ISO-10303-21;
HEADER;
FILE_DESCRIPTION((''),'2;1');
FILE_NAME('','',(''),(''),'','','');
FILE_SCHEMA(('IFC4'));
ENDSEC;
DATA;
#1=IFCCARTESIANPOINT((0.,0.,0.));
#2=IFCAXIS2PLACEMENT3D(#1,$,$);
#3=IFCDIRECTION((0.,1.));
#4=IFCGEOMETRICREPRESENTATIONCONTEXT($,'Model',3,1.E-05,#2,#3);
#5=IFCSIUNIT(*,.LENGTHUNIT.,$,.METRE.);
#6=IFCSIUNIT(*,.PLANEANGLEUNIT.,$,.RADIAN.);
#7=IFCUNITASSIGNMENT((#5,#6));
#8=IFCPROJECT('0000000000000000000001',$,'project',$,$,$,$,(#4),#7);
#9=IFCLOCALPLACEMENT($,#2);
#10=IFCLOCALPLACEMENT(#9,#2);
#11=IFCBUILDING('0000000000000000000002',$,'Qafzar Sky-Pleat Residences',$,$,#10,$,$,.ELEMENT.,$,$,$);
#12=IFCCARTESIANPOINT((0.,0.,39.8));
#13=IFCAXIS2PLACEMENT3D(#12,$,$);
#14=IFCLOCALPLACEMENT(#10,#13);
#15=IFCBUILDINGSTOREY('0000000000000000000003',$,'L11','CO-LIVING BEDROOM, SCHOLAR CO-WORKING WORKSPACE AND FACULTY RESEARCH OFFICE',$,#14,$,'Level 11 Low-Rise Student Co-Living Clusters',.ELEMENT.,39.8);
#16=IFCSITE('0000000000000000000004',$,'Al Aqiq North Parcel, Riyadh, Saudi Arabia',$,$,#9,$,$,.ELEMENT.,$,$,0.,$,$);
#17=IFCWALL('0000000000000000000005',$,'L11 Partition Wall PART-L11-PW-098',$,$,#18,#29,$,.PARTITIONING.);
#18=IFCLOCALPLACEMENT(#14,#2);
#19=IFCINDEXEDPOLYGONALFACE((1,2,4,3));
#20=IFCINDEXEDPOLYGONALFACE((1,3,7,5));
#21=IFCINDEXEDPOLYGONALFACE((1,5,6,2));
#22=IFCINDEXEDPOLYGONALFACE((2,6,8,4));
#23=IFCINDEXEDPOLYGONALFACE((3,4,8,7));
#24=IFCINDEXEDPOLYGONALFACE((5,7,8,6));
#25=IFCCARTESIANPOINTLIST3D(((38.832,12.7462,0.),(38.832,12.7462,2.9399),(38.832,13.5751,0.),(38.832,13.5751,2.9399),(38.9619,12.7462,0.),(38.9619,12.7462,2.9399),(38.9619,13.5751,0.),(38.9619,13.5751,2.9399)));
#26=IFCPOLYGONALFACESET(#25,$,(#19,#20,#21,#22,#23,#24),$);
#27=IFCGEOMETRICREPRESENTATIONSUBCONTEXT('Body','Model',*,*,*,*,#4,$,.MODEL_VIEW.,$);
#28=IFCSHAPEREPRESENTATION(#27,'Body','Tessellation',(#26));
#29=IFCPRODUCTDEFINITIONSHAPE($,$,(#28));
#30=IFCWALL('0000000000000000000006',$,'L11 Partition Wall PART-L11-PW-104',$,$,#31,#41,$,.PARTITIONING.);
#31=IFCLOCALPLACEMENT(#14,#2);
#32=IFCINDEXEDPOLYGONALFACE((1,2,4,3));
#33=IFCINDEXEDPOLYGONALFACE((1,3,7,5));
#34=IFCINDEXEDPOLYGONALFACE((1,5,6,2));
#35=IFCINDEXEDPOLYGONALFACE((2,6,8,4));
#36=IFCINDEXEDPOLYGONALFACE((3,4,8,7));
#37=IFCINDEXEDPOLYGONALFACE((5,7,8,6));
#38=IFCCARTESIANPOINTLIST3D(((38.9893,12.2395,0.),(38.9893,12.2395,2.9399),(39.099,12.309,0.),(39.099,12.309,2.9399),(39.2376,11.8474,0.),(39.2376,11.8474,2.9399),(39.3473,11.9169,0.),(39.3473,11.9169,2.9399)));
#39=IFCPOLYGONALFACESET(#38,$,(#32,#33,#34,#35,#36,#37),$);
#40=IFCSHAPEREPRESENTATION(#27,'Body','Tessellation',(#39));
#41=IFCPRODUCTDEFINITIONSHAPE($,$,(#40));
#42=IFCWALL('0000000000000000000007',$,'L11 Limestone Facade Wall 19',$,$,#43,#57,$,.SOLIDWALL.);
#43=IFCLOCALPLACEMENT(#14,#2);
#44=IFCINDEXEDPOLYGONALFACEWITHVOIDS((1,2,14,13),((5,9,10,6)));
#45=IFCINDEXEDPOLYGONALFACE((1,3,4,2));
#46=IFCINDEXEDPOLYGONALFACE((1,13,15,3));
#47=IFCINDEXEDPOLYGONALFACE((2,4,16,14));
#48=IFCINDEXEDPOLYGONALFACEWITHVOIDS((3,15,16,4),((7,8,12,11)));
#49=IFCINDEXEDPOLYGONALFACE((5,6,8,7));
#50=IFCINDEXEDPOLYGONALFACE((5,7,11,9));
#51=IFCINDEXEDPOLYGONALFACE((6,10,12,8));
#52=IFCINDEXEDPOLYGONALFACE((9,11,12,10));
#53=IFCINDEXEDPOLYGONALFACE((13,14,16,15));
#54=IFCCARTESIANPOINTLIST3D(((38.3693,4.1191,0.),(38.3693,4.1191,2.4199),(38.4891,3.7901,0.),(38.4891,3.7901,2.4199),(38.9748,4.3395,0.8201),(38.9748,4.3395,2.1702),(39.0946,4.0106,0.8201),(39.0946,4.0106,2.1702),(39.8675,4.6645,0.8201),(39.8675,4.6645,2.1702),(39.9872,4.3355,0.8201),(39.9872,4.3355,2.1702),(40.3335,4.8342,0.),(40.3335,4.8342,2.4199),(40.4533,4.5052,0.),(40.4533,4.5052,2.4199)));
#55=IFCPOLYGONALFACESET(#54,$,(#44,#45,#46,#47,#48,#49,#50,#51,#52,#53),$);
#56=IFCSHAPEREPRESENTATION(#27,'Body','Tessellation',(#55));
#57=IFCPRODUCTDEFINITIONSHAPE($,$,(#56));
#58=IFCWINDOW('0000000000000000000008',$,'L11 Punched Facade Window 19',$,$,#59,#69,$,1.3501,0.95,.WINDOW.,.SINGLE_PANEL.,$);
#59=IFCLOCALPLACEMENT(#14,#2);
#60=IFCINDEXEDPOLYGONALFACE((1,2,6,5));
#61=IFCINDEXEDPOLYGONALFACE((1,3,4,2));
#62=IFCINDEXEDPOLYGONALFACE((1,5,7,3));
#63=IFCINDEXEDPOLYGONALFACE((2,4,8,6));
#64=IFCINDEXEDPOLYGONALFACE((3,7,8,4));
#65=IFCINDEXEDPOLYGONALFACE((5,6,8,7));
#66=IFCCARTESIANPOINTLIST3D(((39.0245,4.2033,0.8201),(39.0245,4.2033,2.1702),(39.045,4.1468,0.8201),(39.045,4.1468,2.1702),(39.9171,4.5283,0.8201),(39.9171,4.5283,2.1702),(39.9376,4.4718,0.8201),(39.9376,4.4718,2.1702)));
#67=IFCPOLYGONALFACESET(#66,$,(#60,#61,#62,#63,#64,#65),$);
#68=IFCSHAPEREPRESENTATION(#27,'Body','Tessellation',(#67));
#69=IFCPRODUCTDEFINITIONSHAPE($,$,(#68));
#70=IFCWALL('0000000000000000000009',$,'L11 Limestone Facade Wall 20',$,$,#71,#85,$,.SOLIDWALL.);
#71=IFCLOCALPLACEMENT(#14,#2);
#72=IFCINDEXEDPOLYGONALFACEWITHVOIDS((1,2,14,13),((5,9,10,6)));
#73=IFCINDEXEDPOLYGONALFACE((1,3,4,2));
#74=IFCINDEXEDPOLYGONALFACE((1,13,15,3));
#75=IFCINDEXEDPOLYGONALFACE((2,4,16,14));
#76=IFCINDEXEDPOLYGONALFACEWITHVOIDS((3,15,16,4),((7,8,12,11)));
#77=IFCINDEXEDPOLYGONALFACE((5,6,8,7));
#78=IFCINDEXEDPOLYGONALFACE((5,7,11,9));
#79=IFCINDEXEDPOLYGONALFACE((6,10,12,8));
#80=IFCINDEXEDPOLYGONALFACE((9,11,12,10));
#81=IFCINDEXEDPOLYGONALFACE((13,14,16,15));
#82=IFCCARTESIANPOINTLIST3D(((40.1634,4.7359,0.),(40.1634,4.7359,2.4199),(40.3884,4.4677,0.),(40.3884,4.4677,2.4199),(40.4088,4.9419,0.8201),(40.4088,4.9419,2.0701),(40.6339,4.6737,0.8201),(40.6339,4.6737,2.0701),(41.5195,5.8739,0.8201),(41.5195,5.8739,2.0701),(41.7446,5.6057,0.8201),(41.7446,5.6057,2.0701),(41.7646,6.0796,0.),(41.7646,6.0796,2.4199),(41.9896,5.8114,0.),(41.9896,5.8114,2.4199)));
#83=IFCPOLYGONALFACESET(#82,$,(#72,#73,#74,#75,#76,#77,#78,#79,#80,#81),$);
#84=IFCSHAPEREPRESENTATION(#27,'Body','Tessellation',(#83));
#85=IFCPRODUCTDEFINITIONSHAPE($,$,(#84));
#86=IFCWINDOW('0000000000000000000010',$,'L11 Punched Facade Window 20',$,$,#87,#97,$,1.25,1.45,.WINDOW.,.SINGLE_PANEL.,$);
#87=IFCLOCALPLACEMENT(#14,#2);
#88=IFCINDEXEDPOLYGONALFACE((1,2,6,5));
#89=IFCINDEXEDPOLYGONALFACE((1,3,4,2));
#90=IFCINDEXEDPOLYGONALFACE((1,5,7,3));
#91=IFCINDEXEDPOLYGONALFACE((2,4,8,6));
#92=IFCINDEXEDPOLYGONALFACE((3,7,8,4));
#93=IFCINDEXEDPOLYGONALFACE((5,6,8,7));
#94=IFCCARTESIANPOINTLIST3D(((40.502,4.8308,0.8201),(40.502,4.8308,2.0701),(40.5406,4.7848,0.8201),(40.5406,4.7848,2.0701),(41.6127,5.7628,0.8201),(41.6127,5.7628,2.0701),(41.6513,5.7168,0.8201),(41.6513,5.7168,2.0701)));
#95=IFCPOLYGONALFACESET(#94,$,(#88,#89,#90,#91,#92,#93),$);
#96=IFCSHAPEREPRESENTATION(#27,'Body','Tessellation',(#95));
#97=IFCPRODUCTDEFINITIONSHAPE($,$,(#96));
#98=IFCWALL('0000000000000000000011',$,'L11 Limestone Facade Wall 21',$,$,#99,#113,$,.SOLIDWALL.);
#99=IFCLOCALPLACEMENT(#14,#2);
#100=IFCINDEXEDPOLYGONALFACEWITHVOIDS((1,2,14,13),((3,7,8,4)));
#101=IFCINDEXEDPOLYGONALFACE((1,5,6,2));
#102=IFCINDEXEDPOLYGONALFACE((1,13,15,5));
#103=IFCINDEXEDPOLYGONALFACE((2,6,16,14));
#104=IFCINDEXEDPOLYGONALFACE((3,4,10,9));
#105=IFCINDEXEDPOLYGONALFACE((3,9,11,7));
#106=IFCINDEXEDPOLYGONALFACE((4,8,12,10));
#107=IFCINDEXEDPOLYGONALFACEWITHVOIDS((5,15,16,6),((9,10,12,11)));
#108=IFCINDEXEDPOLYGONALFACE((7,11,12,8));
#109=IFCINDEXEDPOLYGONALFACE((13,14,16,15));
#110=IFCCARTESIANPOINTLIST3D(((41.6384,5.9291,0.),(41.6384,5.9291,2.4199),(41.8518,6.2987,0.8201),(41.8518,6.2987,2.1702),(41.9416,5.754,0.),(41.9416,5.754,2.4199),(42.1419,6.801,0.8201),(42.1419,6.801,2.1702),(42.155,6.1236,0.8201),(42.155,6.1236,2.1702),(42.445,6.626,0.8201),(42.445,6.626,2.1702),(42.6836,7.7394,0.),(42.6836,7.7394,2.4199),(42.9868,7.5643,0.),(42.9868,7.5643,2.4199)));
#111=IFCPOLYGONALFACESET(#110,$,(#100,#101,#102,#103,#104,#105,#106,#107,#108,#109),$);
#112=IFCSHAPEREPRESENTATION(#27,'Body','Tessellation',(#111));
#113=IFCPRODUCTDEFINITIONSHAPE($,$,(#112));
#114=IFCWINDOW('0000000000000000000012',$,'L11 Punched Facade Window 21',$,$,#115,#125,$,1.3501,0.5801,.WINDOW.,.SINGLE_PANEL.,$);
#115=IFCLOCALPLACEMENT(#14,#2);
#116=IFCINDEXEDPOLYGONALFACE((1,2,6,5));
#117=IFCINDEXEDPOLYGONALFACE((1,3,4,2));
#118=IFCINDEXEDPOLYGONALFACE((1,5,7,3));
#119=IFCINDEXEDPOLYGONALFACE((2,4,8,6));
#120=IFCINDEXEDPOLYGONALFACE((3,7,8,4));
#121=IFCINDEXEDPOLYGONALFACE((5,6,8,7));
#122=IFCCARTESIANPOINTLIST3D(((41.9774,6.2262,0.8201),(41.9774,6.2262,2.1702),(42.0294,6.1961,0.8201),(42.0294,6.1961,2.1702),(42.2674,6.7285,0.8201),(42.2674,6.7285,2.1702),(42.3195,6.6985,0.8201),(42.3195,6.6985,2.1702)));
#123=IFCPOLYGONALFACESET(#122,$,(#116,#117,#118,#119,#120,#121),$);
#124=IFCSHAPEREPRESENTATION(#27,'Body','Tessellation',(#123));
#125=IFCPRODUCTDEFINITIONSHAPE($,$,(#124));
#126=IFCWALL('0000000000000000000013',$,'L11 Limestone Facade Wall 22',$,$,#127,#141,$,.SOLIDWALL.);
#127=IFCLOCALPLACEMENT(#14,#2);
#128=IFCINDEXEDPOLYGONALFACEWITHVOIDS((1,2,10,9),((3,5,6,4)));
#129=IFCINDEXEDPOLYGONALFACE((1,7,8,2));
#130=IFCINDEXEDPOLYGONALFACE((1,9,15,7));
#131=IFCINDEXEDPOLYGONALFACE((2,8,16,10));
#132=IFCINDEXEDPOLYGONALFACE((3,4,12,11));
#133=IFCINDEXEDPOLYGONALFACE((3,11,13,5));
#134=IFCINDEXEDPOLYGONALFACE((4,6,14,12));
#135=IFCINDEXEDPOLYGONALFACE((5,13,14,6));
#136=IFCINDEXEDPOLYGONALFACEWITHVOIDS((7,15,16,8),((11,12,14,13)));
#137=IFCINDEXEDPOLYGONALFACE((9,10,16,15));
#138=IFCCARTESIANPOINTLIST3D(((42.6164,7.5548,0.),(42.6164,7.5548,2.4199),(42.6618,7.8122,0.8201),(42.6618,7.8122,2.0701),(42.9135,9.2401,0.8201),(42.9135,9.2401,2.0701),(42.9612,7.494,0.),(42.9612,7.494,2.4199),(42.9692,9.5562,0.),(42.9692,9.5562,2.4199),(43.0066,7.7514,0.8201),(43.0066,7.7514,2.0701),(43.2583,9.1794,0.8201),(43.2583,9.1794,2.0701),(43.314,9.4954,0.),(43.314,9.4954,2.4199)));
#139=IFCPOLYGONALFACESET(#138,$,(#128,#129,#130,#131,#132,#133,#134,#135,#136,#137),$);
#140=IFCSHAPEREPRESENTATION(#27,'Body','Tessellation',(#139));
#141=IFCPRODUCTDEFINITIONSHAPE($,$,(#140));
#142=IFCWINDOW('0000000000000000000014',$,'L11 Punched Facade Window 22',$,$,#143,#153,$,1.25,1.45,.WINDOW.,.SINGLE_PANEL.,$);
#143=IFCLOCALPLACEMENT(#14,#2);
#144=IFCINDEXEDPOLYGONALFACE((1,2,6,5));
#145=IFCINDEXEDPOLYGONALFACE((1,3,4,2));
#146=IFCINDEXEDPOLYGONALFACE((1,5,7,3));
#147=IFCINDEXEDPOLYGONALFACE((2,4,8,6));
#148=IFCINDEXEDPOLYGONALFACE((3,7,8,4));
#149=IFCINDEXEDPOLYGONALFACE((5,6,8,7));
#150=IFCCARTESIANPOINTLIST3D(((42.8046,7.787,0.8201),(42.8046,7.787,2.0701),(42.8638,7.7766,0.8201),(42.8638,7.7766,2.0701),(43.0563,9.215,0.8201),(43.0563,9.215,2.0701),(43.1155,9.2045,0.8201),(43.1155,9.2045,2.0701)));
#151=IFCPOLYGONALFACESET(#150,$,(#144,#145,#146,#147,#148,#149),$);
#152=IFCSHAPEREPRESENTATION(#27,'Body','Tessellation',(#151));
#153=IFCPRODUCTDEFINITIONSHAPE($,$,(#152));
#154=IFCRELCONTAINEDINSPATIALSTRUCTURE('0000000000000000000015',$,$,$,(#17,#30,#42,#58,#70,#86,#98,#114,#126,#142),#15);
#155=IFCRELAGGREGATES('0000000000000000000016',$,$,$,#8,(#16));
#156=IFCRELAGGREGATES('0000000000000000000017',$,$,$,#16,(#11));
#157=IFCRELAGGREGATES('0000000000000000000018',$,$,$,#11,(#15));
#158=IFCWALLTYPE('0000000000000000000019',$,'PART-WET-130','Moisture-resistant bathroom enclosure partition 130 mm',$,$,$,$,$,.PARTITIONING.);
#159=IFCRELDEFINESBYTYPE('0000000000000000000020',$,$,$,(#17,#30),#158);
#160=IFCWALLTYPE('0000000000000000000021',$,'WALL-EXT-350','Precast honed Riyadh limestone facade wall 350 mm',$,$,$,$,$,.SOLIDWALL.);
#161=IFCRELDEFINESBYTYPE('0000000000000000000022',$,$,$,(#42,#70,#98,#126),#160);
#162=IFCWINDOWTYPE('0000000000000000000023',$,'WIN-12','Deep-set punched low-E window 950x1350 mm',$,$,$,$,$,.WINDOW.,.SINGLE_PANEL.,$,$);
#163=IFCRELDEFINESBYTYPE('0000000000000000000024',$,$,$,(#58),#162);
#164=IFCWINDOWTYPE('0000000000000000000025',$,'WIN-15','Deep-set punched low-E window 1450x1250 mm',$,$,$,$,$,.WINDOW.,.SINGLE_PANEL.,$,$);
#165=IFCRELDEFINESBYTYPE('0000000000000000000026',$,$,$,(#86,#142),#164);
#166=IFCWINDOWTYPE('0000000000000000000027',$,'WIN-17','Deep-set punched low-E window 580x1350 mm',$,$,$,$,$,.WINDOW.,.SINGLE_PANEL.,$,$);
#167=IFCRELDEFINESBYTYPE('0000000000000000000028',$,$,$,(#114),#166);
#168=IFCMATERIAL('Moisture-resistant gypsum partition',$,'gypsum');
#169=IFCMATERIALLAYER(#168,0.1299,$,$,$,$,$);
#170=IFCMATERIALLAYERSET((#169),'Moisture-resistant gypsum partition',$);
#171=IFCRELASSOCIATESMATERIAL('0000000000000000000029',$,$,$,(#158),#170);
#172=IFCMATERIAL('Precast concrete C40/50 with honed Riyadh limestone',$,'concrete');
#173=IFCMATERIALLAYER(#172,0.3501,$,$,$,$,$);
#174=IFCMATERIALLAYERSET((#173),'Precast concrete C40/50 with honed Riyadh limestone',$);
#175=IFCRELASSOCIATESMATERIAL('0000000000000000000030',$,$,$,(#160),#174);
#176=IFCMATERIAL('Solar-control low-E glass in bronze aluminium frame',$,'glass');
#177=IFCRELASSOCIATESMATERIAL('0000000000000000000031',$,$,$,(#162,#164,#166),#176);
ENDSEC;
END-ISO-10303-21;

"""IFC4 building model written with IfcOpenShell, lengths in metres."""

from ifc_helpers import new_model, si_unit, direction, frame, frame_2d, origin, place, context, subcontext, project, spatial, rectangle, extrude, source, transform, mapped, material, layer, layer_set, type_object, element, fill, save


model = new_model("IFC4")

# Units and contexts
model_context = context("Model", 3, precision=1e-05, world=origin(), true_north=direction((0.0, 1.0)))
body_context = subcontext(model_context, "Body", "Model", "MODEL_VIEW")
ifc_project = project(units=[si_unit("LENGTHUNIT", "METRE"), si_unit("PLANEANGLEUNIT", "RADIAN")], contexts=[model_context])

# Site, building, storey
site_placement = place(None, origin())
site = spatial("IfcSite", under=ifc_project, at=site_placement, Name="Al Aqiq North Parcel, Riyadh, Saudi Arabia", CompositionType="ELEMENT", RefElevation=0.0)
building_placement = place(site_placement, origin())
building = spatial("IfcBuilding", under=site, at=building_placement, Name="Qafzar Sky-Pleat Residences", CompositionType="ELEMENT")
storey_placement = place(building_placement, frame((0.0, 0.0, 39.8)))
storey = spatial("IfcBuildingStorey", under=building, at=storey_placement, Name="L11", Description="CO-LIVING BEDROOM, SCHOLAR CO-WORKING WORKSPACE AND FACULTY RESEARCH OFFICE", LongName="Level 11 Low-Rise Student Co-Living Clusters", CompositionType="ELEMENT", Elevation=39.8)

# Shared definitions
ifc_material_1 = material(Name="Moisture-resistant gypsum partition", Category="gypsum")
ifc_layer_1 = layer(ifc_material_1, 0.1299)
ifc_layer_set_1 = layer_set([ifc_layer_1], Name="Moisture-resistant gypsum partition")
wall_type_1 = type_object("IfcWallType", Name="PART-WET-130", Description="Moisture-resistant bathroom enclosure partition 130 mm", PredefinedType="PARTITIONING", material=ifc_layer_set_1)

# Walls
wall_1_placement = place(storey_placement, frame((38.897, 12.7461, 0.0), z_axis=(0.0, 0.0, 1.0), x_axis=(0.0, 1.0, 0.0)))
element("IfcWall", 1, at=wall_1_placement, inside=storey, type_object=wall_type_1, Name="L11 Partition Wall PART-L11-PW-098", PredefinedType="PARTITIONING", context=body_context, shape_type="SweptSolid", body=[
    extrude(rectangle(XDim=0.8289, YDim=0.1299, at=frame_2d((0.4146, 0.0))), origin(), (0.0, 0.0, 1.0), 2.9399),
])
wall_2_placement = place(storey_placement, frame((39.0442, 12.2742, 0.0), z_axis=(0.0, 0.0, 1.0), x_axis=(0.535002, -0.844851, 0.0)))
element("IfcWall", 2, at=wall_2_placement, inside=storey, type_object=wall_type_1, Name="L11 Partition Wall PART-L11-PW-104", PredefinedType="PARTITIONING", context=body_context, shape_type="SweptSolid", body=[
    extrude(rectangle(XDim=0.4641, YDim=0.1299, at=frame_2d((0.2319, 0.0))), origin(), (0.0, 0.0, 1.0), 2.9399),
])

# Walls, openings, windows
ifc_material_2 = material(Name="Precast concrete C40/50 with honed Riyadh limestone", Category="concrete")
ifc_layer_2 = layer(ifc_material_2, 0.3501)
ifc_layer_set_2 = layer_set([ifc_layer_2], Name="Precast concrete C40/50 with honed Riyadh limestone")
wall_type_2 = type_object("IfcWallType", Name="WALL-EXT-350", Description="Precast honed Riyadh limestone facade wall 350 mm", PredefinedType="SOLIDWALL", material=ifc_layer_set_2)
wall_3_placement = place(storey_placement, frame((38.4292, 3.9546, 0.0), z_axis=(0.0, 0.0, 1.0), x_axis=(0.93966, 0.342109, 0.0)))
wall_3 = element("IfcWall", 3, at=wall_3_placement, inside=storey, type_object=wall_type_2, Name="L11 Limestone Facade Wall 19", PredefinedType="SOLIDWALL", context=body_context, shape_type="SweptSolid", body=[
    extrude(rectangle(XDim=2.0903, YDim=0.3501, at=frame_2d((1.0452, 0.0))), origin(), (0.0, 0.0, 1.0), 2.4199),
])
opening_1_placement = place(wall_3_placement, frame((0.6443, 0.0, 0.8201)))
opening_1 = element("IfcOpeningElement", 4, at=opening_1_placement, cuts=wall_3, PredefinedType="OPENING", context=body_context, shape_type="SweptSolid", body=[
    extrude(rectangle(XDim=0.95, YDim=1.3501, at=frame_2d((0.4751, 0.675))), frame((0.0, 0.1851, 0.0), z_axis=(0.0, -1.0, 0.0), x_axis=(1.0, 0.0, 0.0)), (0.0, 0.0, 1.0), 0.3701),
])
ifc_material_3 = material(Name="Solar-control low-E glass in bronze aluminium frame", Category="glass")
window_type_1 = type_object("IfcWindowType", Name="WIN-12", Description="Deep-set punched low-E window 950x1350 mm", PartitioningType="SINGLE_PANEL", PredefinedType="WINDOW", material=ifc_material_3)
shared_shape_1 = source(origin(), body_context, "Body", "SweptSolid", [
    extrude(rectangle(XDim=0.95, YDim=1.3501, at=frame_2d((0.4751, 0.675))), frame((0.0, 0.03, 0.0), z_axis=(0.0, -1.0, 0.0), x_axis=(1.0, 0.0, 0.0)), (0.0, 0.0, 1.0), 0.0601),
])
window_1_placement = place(opening_1_placement, origin())
window_1 = element("IfcWindow", 5, at=window_1_placement, inside=storey, type_object=window_type_1, Name="L11 Punched Facade Window 19", OverallHeight=1.3501, OverallWidth=0.95, PartitioningType="SINGLE_PANEL", PredefinedType="WINDOW", context=body_context, shape_type="MappedRepresentation", body=[
    mapped(shared_shape_1, transform((0.0, 0.0, 0.0), x_axis=(1.0, 0.0, 0.0), y_axis=(0.0, 1.0, 0.0), z_axis=(0.0, 0.0, 1.0), scale=1.0)),
])
fill(opening_1, window_1)
wall_4_placement = place(storey_placement, frame((40.2759, 4.6018, 0.0), z_axis=(0.0, 0.0, 1.0), x_axis=(0.766025, 0.642811, 0.0)))
wall_4 = element("IfcWall", 6, at=wall_4_placement, inside=storey, type_object=wall_type_2, Name="L11 Limestone Facade Wall 20", PredefinedType="SOLIDWALL", context=body_context, shape_type="SweptSolid", body=[
    extrude(rectangle(XDim=2.0903, YDim=0.3501, at=frame_2d((1.0452, 0.0))), origin(), (0.0, 0.0, 1.0), 2.4199),
])
opening_2_placement = place(wall_4_placement, frame((0.3203, 0.0, 0.8201)))
opening_2 = element("IfcOpeningElement", 7, at=opening_2_placement, cuts=wall_4, PredefinedType="OPENING", context=body_context, shape_type="SweptSolid", body=[
    extrude(rectangle(XDim=1.45, YDim=1.25, at=frame_2d((0.7251, 0.625))), frame((0.0, 0.1851, 0.0), z_axis=(0.0, -1.0, 0.0), x_axis=(1.0, 0.0, 0.0)), (0.0, 0.0, 1.0), 0.3701),
])
window_type_2 = type_object("IfcWindowType", Name="WIN-15", Description="Deep-set punched low-E window 1450x1250 mm", PartitioningType="SINGLE_PANEL", PredefinedType="WINDOW", material=ifc_material_3)
shared_shape_2 = source(origin(), body_context, "Body", "SweptSolid", [
    extrude(rectangle(XDim=1.45, YDim=1.25, at=frame_2d((0.7251, 0.625))), frame((0.0, 0.03, 0.0), z_axis=(0.0, -1.0, 0.0), x_axis=(1.0, 0.0, 0.0)), (0.0, 0.0, 1.0), 0.0601),
])
window_2_placement = place(opening_2_placement, origin())
window_2 = element("IfcWindow", 8, at=window_2_placement, inside=storey, type_object=window_type_2, Name="L11 Punched Facade Window 20", OverallHeight=1.25, OverallWidth=1.45, PartitioningType="SINGLE_PANEL", PredefinedType="WINDOW", context=body_context, shape_type="MappedRepresentation", body=[
    mapped(shared_shape_2, transform((0.0, 0.0, 0.0), x_axis=(1.0, 0.0, 0.0), y_axis=(0.0, 1.0, 0.0), z_axis=(0.0, 0.0, 1.0), scale=1.0)),
])
fill(opening_2, window_2)
wall_5_placement = place(storey_placement, frame((41.79, 5.8416, 0.0), z_axis=(0.0, 0.0, 1.0), x_axis=(0.499995, 0.866028, 0.0)))
wall_5 = element("IfcWall", 9, at=wall_5_placement, inside=storey, type_object=wall_type_2, Name="L11 Limestone Facade Wall 21", PredefinedType="SOLIDWALL", context=body_context, shape_type="SweptSolid", body=[
    extrude(rectangle(XDim=2.0903, YDim=0.3501, at=frame_2d((1.0452, 0.0))), origin(), (0.0, 0.0, 1.0), 2.4199),
])
opening_3_placement = place(wall_5_placement, frame((0.4268, 0.0, 0.8201)))
opening_3 = element("IfcOpeningElement", 10, at=opening_3_placement, cuts=wall_5, PredefinedType="OPENING", context=body_context, shape_type="SweptSolid", body=[
    extrude(rectangle(XDim=0.5801, YDim=1.3501, at=frame_2d((0.29, 0.675))), frame((0.0, 0.1851, 0.0), z_axis=(0.0, -1.0, 0.0), x_axis=(1.0, 0.0, 0.0)), (0.0, 0.0, 1.0), 0.3701),
])
window_type_3 = type_object("IfcWindowType", Name="WIN-17", Description="Deep-set punched low-E window 580x1350 mm", PartitioningType="SINGLE_PANEL", PredefinedType="WINDOW", material=ifc_material_3)
shared_shape_3 = source(origin(), body_context, "Body", "SweptSolid", [
    extrude(rectangle(XDim=0.5801, YDim=1.3501, at=frame_2d((0.29, 0.675))), frame((0.0, 0.03, 0.0), z_axis=(0.0, -1.0, 0.0), x_axis=(1.0, 0.0, 0.0)), (0.0, 0.0, 1.0), 0.0601),
])
window_3_placement = place(opening_3_placement, origin())
window_3 = element("IfcWindow", 11, at=window_3_placement, inside=storey, type_object=window_type_3, Name="L11 Punched Facade Window 21", OverallHeight=1.3501, OverallWidth=0.5801, PartitioningType="SINGLE_PANEL", PredefinedType="WINDOW", context=body_context, shape_type="MappedRepresentation", body=[
    mapped(shared_shape_3, transform((0.0, 0.0, 0.0), x_axis=(1.0, 0.0, 0.0), y_axis=(0.0, 1.0, 0.0), z_axis=(0.0, 0.0, 1.0), scale=1.0)),
])
fill(opening_3, window_3)
wall_6_placement = place(storey_placement, frame((42.7888, 7.5244, 0.0), z_axis=(0.0, 0.0, 1.0), x_axis=(0.173587, 0.984819, 0.0)))
wall_6 = element("IfcWall", 12, at=wall_6_placement, inside=storey, type_object=wall_type_2, Name="L11 Limestone Facade Wall 22", PredefinedType="SOLIDWALL", context=body_context, shape_type="SweptSolid", body=[
    extrude(rectangle(XDim=2.0322, YDim=0.3501, at=frame_2d((1.0161, 0.0))), origin(), (0.0, 0.0, 1.0), 2.4199),
])
opening_4_placement = place(wall_6_placement, frame((0.2612, 0.0, 0.8201)))
opening_4 = element("IfcOpeningElement", 13, at=opening_4_placement, cuts=wall_6, PredefinedType="OPENING", context=body_context, shape_type="SweptSolid", body=[
    extrude(rectangle(XDim=1.45, YDim=1.25, at=frame_2d((0.7251, 0.625))), frame((0.0, 0.1851, 0.0), z_axis=(0.0, -1.0, 0.0), x_axis=(1.0, 0.0, 0.0)), (0.0, 0.0, 1.0), 0.3701),
])
window_4_placement = place(opening_4_placement, origin())
window_4 = element("IfcWindow", 14, at=window_4_placement, inside=storey, type_object=window_type_2, Name="L11 Punched Facade Window 22", OverallHeight=1.25, OverallWidth=1.45, PartitioningType="SINGLE_PANEL", PredefinedType="WINDOW", context=body_context, shape_type="MappedRepresentation", body=[
    mapped(shared_shape_2, transform((0.0, 0.0, 0.0), x_axis=(1.0, 0.0, 0.0), y_axis=(0.0, 1.0, 0.0), z_axis=(0.0, 0.0, 1.0), scale=1.0)),
])
fill(opening_4, window_4)

save(model, "model.ifc")
